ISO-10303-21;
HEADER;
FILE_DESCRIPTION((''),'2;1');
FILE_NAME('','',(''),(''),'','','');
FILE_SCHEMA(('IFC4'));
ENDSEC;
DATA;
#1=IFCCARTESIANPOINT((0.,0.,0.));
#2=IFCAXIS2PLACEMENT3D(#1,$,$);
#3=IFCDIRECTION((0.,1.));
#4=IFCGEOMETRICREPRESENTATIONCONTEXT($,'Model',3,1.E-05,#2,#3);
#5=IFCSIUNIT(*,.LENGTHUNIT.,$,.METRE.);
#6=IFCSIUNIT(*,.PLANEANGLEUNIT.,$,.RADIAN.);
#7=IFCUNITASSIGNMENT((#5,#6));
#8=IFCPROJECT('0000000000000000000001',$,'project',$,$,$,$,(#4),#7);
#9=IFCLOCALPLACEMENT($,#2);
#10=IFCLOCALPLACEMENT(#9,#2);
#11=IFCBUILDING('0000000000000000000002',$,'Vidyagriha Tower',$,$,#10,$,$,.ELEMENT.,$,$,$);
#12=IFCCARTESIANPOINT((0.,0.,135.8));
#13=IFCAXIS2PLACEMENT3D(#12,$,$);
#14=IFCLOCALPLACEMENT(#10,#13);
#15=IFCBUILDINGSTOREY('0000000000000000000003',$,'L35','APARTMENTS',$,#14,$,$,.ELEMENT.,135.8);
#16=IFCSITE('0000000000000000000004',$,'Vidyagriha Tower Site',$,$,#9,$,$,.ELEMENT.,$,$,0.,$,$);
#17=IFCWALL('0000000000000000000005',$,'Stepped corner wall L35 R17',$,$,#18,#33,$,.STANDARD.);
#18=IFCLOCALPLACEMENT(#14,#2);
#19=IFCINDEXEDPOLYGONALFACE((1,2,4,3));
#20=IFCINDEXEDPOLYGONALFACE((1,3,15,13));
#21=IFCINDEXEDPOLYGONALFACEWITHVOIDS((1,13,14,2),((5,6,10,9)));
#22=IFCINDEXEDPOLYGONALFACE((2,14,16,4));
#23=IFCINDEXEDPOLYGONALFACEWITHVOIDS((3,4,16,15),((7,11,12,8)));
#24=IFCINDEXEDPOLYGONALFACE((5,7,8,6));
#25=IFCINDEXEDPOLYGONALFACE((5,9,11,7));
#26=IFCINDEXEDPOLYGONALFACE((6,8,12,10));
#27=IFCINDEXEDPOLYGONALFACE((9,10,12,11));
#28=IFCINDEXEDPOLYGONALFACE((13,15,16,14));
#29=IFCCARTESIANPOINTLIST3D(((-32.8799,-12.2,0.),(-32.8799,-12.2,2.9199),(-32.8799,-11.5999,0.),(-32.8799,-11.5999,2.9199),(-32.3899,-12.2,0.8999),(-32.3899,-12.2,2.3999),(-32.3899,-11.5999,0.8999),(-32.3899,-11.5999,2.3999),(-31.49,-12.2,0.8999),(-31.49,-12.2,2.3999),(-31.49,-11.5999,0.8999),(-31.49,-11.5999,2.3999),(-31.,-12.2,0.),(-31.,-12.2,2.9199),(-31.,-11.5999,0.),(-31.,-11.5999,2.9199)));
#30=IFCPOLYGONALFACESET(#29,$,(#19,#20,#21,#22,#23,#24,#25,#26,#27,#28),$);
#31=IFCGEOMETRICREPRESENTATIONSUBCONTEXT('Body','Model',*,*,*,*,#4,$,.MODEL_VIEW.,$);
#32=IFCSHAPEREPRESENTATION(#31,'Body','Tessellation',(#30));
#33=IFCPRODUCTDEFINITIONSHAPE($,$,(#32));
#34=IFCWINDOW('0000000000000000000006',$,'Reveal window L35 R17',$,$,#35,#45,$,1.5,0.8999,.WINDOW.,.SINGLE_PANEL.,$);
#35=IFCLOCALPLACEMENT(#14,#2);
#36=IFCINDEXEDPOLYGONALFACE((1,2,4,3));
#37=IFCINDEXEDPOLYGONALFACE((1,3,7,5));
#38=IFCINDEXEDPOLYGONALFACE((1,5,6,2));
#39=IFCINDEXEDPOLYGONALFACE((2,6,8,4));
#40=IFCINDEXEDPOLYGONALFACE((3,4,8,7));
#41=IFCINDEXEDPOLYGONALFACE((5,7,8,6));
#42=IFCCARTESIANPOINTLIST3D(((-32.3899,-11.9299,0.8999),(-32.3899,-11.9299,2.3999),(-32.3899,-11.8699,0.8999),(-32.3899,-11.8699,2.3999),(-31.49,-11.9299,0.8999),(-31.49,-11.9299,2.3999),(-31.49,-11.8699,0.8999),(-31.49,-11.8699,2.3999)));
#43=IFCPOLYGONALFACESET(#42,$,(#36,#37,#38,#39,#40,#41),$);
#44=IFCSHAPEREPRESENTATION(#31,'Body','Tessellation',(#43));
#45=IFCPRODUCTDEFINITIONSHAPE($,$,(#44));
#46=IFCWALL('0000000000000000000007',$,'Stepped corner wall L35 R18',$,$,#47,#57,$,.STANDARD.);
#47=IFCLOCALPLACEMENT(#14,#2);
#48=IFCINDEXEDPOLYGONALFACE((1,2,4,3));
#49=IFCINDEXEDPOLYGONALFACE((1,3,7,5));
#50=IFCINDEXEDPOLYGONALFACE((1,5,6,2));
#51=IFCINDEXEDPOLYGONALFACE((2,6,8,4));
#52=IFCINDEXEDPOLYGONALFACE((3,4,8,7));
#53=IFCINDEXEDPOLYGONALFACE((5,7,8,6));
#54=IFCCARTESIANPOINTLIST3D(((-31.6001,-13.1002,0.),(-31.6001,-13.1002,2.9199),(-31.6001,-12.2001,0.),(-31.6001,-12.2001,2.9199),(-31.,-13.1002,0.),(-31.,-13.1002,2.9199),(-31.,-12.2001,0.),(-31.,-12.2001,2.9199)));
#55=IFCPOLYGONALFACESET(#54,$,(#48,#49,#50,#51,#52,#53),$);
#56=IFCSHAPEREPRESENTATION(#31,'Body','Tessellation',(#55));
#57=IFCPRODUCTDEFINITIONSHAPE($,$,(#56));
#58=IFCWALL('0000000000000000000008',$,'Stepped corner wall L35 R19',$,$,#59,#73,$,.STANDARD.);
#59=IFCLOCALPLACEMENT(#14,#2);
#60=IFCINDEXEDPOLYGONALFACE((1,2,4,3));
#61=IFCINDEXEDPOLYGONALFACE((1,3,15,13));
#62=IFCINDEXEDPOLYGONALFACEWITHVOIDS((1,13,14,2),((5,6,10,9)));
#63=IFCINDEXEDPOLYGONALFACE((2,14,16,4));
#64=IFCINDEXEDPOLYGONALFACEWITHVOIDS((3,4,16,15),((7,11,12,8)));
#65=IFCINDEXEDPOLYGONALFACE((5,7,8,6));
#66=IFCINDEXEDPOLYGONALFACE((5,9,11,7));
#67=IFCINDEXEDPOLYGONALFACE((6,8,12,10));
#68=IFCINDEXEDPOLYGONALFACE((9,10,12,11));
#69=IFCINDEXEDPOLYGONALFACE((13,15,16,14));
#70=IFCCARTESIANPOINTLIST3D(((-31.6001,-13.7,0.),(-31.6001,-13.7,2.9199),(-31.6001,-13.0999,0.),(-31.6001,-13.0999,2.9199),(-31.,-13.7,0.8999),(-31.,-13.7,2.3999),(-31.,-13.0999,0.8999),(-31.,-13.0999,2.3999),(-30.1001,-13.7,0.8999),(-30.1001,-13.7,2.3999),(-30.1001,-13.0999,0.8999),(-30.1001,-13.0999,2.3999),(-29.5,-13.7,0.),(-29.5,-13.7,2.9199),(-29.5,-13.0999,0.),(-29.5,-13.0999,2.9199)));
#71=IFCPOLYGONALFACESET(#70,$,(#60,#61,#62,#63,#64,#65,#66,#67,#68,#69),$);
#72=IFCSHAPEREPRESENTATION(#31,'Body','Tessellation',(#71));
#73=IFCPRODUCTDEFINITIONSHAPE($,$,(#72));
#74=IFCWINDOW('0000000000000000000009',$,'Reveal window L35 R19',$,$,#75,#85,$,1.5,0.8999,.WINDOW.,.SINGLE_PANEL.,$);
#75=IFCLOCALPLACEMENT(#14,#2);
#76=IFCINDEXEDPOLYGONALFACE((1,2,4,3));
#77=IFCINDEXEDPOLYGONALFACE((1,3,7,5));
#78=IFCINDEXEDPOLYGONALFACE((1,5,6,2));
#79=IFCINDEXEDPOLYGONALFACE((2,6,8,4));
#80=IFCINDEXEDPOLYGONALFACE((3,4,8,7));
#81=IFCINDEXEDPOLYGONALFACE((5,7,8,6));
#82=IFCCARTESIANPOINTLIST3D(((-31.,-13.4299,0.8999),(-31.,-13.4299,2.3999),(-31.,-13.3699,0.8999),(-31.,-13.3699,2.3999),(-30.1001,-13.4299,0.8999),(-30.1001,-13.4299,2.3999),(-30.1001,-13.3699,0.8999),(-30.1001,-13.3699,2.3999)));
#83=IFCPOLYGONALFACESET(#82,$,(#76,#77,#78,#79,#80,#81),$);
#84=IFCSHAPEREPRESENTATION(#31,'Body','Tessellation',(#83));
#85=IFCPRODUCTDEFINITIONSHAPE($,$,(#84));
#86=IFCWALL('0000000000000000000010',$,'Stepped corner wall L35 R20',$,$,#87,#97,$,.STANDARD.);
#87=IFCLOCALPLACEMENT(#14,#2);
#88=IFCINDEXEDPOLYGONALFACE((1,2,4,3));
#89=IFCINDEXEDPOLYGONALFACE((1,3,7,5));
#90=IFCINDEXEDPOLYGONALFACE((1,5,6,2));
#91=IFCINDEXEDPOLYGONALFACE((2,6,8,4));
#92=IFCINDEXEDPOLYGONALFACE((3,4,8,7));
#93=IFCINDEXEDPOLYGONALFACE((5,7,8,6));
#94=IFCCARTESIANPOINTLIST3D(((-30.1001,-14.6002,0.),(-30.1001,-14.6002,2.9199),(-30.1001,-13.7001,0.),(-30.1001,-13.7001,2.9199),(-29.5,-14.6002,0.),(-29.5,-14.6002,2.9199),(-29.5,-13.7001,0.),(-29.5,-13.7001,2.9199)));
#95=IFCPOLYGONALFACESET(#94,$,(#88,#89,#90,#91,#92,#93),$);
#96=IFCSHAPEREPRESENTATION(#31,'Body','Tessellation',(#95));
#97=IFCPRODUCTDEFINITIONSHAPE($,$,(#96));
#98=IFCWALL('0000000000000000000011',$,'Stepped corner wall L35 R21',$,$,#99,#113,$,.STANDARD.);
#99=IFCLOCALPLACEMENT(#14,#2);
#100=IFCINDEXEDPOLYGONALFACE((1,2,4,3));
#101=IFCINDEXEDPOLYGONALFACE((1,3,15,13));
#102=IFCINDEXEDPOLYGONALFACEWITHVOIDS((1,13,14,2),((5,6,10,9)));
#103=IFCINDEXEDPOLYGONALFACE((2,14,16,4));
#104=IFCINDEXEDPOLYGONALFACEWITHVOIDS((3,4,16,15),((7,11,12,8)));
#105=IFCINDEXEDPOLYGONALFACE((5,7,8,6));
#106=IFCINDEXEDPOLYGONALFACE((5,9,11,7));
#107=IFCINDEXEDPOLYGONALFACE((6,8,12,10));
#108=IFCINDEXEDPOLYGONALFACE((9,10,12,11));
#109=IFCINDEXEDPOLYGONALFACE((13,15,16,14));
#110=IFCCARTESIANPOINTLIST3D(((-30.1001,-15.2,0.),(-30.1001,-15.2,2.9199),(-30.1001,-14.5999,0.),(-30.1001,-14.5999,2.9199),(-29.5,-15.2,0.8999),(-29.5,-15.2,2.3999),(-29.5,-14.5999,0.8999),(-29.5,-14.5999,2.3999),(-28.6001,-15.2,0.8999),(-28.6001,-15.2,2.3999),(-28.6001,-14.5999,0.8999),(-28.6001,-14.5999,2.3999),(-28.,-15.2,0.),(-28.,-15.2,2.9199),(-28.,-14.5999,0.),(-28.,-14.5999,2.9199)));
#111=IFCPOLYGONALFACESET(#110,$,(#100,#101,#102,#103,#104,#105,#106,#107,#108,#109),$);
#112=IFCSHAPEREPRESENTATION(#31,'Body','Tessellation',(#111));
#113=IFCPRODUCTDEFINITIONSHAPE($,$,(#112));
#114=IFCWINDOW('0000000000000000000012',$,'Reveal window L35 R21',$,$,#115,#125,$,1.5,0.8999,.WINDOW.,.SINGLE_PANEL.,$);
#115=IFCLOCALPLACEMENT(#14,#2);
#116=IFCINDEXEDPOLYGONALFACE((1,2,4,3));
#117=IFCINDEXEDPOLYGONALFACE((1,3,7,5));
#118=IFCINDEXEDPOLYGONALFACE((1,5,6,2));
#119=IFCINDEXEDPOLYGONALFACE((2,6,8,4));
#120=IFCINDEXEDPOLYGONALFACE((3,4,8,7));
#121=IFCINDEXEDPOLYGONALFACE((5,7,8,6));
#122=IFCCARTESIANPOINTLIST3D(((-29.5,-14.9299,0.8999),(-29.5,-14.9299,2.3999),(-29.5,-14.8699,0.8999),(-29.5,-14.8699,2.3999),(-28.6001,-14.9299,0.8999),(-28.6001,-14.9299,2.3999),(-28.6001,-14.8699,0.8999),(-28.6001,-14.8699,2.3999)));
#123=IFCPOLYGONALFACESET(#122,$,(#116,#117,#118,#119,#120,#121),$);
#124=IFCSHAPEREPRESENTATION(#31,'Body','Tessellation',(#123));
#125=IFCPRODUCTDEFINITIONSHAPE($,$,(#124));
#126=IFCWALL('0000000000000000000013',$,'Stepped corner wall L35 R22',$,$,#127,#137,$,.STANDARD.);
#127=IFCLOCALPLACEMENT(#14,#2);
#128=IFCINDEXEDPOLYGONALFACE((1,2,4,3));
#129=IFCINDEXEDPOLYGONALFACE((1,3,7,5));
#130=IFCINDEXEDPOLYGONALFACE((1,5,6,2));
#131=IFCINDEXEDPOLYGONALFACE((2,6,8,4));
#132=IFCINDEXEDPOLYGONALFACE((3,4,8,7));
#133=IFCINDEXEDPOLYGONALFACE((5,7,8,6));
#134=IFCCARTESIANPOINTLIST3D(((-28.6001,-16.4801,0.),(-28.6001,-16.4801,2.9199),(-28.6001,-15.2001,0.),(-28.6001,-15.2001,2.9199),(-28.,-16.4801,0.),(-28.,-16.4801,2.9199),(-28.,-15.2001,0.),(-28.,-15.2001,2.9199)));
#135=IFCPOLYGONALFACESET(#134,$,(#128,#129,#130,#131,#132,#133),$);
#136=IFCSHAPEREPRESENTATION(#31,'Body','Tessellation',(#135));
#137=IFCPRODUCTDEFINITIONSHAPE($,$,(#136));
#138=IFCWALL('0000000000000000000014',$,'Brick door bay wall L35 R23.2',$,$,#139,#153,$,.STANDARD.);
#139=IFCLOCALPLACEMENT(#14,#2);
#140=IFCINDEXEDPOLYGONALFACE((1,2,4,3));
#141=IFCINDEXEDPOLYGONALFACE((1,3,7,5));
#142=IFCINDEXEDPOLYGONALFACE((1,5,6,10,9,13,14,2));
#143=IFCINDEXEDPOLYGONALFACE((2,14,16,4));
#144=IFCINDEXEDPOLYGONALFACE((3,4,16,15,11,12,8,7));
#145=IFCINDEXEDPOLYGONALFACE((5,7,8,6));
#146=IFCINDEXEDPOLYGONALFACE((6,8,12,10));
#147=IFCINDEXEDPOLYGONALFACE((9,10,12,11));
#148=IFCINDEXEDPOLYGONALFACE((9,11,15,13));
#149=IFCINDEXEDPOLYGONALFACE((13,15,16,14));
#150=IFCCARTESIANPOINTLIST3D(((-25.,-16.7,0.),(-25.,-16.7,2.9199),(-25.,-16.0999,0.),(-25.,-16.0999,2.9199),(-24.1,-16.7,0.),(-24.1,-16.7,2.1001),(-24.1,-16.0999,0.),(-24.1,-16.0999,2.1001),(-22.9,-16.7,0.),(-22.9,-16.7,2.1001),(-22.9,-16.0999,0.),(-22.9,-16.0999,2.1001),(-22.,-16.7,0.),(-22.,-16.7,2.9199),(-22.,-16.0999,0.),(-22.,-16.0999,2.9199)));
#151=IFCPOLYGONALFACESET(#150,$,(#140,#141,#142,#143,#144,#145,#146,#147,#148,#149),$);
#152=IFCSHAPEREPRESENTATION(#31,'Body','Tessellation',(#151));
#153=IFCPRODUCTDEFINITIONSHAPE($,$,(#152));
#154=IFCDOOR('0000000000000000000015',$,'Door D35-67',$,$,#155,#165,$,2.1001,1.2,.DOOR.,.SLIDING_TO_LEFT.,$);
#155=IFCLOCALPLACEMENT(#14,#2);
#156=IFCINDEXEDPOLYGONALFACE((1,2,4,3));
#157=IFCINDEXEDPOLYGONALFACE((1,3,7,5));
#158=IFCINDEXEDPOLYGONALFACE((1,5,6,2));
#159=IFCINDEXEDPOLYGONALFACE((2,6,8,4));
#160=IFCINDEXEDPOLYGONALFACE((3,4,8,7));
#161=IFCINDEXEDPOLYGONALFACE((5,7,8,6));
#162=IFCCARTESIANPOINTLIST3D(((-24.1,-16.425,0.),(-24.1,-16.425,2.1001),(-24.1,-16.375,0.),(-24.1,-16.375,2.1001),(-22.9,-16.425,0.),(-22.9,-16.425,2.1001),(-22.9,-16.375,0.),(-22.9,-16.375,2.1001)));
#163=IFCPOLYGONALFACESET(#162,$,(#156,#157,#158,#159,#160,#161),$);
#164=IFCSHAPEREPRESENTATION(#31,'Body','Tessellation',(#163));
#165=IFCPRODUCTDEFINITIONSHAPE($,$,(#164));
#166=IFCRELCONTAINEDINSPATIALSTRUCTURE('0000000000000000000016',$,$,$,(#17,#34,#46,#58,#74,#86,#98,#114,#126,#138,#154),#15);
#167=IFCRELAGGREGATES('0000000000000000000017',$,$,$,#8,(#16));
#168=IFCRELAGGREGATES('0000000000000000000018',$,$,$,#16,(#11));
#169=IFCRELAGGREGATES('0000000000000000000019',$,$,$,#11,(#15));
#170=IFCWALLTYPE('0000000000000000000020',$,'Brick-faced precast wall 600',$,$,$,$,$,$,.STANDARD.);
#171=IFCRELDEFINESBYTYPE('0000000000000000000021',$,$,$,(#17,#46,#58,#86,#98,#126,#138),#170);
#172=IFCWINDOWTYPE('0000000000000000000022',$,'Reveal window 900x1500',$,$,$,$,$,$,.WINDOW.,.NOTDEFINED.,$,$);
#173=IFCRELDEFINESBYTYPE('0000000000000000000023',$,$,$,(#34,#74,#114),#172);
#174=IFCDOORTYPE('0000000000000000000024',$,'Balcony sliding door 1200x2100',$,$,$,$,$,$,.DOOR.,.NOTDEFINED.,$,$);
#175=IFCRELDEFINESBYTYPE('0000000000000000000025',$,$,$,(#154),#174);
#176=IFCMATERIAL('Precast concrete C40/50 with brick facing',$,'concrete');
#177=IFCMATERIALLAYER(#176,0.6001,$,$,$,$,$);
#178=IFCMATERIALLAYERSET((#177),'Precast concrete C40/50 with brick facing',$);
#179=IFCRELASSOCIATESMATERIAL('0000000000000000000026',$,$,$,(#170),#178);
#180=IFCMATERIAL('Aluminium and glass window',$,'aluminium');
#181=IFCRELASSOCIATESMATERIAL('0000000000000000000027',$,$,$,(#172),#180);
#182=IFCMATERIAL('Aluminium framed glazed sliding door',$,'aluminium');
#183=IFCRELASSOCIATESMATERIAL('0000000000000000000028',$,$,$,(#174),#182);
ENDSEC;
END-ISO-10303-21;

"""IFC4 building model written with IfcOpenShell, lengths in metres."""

from ifc_helpers import new_model, si_unit, direction, frame, frame_2d, origin, place, context, subcontext, project, spatial, rectangle, extrude, material, layer, layer_set, type_object, element, fill, save


model = new_model("IFC4")

# Units and contexts
model_context = context("Model", 3, precision=1e-05, world=origin(), true_north=direction((0.0, 1.0)))
body_context = subcontext(model_context, "Body", "Model", "MODEL_VIEW")
ifc_project = project(units=[si_unit("LENGTHUNIT", "METRE"), si_unit("PLANEANGLEUNIT", "RADIAN")], contexts=[model_context])

# Site, building, storey
site_placement = place(None, origin())
site = spatial("IfcSite", under=ifc_project, at=site_placement, Name="Vidyagriha Tower Site", CompositionType="ELEMENT", RefElevation=0.0)
building_placement = place(site_placement, origin())
building = spatial("IfcBuilding", under=site, at=building_placement, Name="Vidyagriha Tower", CompositionType="ELEMENT")
storey_placement = place(building_placement, frame((0.0, 0.0, 135.8)))
storey = spatial("IfcBuildingStorey", under=building, at=storey_placement, Name="L35", Description="APARTMENTS", CompositionType="ELEMENT", Elevation=135.8)

# Wall, opening, window
ifc_material_1 = material(Name="Precast concrete C40/50 with brick facing", Category="concrete")
ifc_layer_1 = layer(ifc_material_1, 0.6001)
ifc_layer_set_1 = layer_set([ifc_layer_1], Name="Precast concrete C40/50 with brick facing")
wall_type = type_object("IfcWallType", Name="Brick-faced precast wall 600", PredefinedType="STANDARD", material=ifc_layer_set_1)
wall_1_placement = place(storey_placement, frame((-32.8799, -11.8999, 0.0)))
wall_1 = element("IfcWall", 1, at=wall_1_placement, inside=storey, type_object=wall_type, Name="Stepped corner wall L35 R17", PredefinedType="STANDARD", context=body_context, shape_type="SweptSolid", body=[
    extrude(rectangle(XDim=1.8799, YDim=0.6001, at=frame_2d((0.9399, 0.0))), origin(), (0.0, 0.0, 1.0), 2.9199),
])
opening_1_placement = place(wall_1_placement, frame((0.49, 0.0, 0.8999)))
opening_1 = element("IfcOpeningElement", 2, at=opening_1_placement, cuts=wall_1, PredefinedType="OPENING", context=body_context, shape_type="SweptSolid", body=[
    extrude(rectangle(XDim=0.8999, YDim=1.5, at=frame_2d((0.45, 0.75))), frame((0.0, 0.3101, 0.0), z_axis=(0.0, -1.0, 0.0), x_axis=(1.0, 0.0, 0.0)), (0.0, 0.0, 1.0), 0.6201),
])
ifc_material_2 = material(Name="Aluminium and glass window", Category="aluminium")
window_type = type_object("IfcWindowType", Name="Reveal window 900x1500", PartitioningType="NOTDEFINED", PredefinedType="WINDOW", material=ifc_material_2)
window_1_placement = place(opening_1_placement, origin())
window_1 = element("IfcWindow", 3, at=window_1_placement, inside=storey, type_object=window_type, Name="Reveal window L35 R17", OverallHeight=1.5, OverallWidth=0.8999, PartitioningType="SINGLE_PANEL", PredefinedType="WINDOW", context=body_context, shape_type="SweptSolid", body=[
    extrude(rectangle(XDim=0.8999, YDim=1.5, at=frame_2d((0.45, 0.75))), frame((0.0, 0.03, 0.0), z_axis=(0.0, -1.0, 0.0), x_axis=(1.0, 0.0, 0.0)), (0.0, 0.0, 1.0), 0.0601),
])
fill(opening_1, window_1)

# Wall
wall_2_placement = place(storey_placement, frame((-31.3, -12.2, 0.0), z_axis=(0.0, 0.0, 1.0), x_axis=(0.0, -1.0, 0.0)))
element("IfcWall", 4, at=wall_2_placement, inside=storey, type_object=wall_type, Name="Stepped corner wall L35 R18", PredefinedType="STANDARD", context=body_context, shape_type="SweptSolid", body=[
    extrude(rectangle(XDim=0.9001, YDim=0.6001, at=frame_2d((0.4502, 0.0))), origin(), (0.0, 0.0, 1.0), 2.9199),
])

# Wall, opening, window
wall_3_placement = place(storey_placement, frame((-31.6001, -13.3999, 0.0)))
wall_3 = element("IfcWall", 5, at=wall_3_placement, inside=storey, type_object=wall_type, Name="Stepped corner wall L35 R19", PredefinedType="STANDARD", context=body_context, shape_type="SweptSolid", body=[
    extrude(rectangle(XDim=2.1001, YDim=0.6001, at=frame_2d((1.05, 0.0))), origin(), (0.0, 0.0, 1.0), 2.9199),
])
opening_2_placement = place(wall_3_placement, frame((0.6001, 0.0, 0.8999)))
opening_2 = element("IfcOpeningElement", 6, at=opening_2_placement, cuts=wall_3, PredefinedType="OPENING", context=body_context, shape_type="SweptSolid", body=[
    extrude(rectangle(XDim=0.8999, YDim=1.5, at=frame_2d((0.45, 0.75))), frame((0.0, 0.3101, 0.0), z_axis=(0.0, -1.0, 0.0), x_axis=(1.0, 0.0, 0.0)), (0.0, 0.0, 1.0), 0.6201),
])
window_2_placement = place(opening_2_placement, origin())
window_2 = element("IfcWindow", 7, at=window_2_placement, inside=storey, type_object=window_type, Name="Reveal window L35 R19", OverallHeight=1.5, OverallWidth=0.8999, PartitioningType="SINGLE_PANEL", PredefinedType="WINDOW", context=body_context, shape_type="SweptSolid", body=[
    extrude(rectangle(XDim=0.8999, YDim=1.5, at=frame_2d((0.45, 0.75))), frame((0.0, 0.03, 0.0), z_axis=(0.0, -1.0, 0.0), x_axis=(1.0, 0.0, 0.0)), (0.0, 0.0, 1.0), 0.0601),
])
fill(opening_2, window_2)

# Wall
wall_4_placement = place(storey_placement, frame((-29.8, -13.7, 0.0), z_axis=(0.0, 0.0, 1.0), x_axis=(0.0, -1.0, 0.0)))
element("IfcWall", 8, at=wall_4_placement, inside=storey, type_object=wall_type, Name="Stepped corner wall L35 R20", PredefinedType="STANDARD", context=body_context, shape_type="SweptSolid", body=[
    extrude(rectangle(XDim=0.9001, YDim=0.6001, at=frame_2d((0.4502, 0.0))), origin(), (0.0, 0.0, 1.0), 2.9199),
])

# Wall, opening, window
wall_5_placement = place(storey_placement, frame((-30.1001, -14.8999, 0.0)))
wall_5 = element("IfcWall", 9, at=wall_5_placement, inside=storey, type_object=wall_type, Name="Stepped corner wall L35 R21", PredefinedType="STANDARD", context=body_context, shape_type="SweptSolid", body=[
    extrude(rectangle(XDim=2.1001, YDim=0.6001, at=frame_2d((1.05, 0.0))), origin(), (0.0, 0.0, 1.0), 2.9199),
])
opening_3_placement = place(wall_5_placement, frame((0.6001, 0.0, 0.8999)))
opening_3 = element("IfcOpeningElement", 10, at=opening_3_placement, cuts=wall_5, PredefinedType="OPENING", context=body_context, shape_type="SweptSolid", body=[
    extrude(rectangle(XDim=0.8999, YDim=1.5, at=frame_2d((0.45, 0.75))), frame((0.0, 0.3101, 0.0), z_axis=(0.0, -1.0, 0.0), x_axis=(1.0, 0.0, 0.0)), (0.0, 0.0, 1.0), 0.6201),
])
window_3_placement = place(opening_3_placement, origin())
window_3 = element("IfcWindow", 11, at=window_3_placement, inside=storey, type_object=window_type, Name="Reveal window L35 R21", OverallHeight=1.5, OverallWidth=0.8999, PartitioningType="SINGLE_PANEL", PredefinedType="WINDOW", context=body_context, shape_type="SweptSolid", body=[
    extrude(rectangle(XDim=0.8999, YDim=1.5, at=frame_2d((0.45, 0.75))), frame((0.0, 0.03, 0.0), z_axis=(0.0, -1.0, 0.0), x_axis=(1.0, 0.0, 0.0)), (0.0, 0.0, 1.0), 0.0601),
])
fill(opening_3, window_3)

# Wall
wall_6_placement = place(storey_placement, frame((-28.3, -15.2, 0.0), z_axis=(0.0, 0.0, 1.0), x_axis=(0.0, -1.0, 0.0)))
element("IfcWall", 12, at=wall_6_placement, inside=storey, type_object=wall_type, Name="Stepped corner wall L35 R22", PredefinedType="STANDARD", context=body_context, shape_type="SweptSolid", body=[
    extrude(rectangle(XDim=1.28, YDim=0.6001, at=frame_2d((0.6401, 0.0))), origin(), (0.0, 0.0, 1.0), 2.9199),
])

# Wall, opening, door
wall_7_placement = place(storey_placement, frame((-25.0, -16.3999, 0.0)))
wall_7 = element("IfcWall", 13, at=wall_7_placement, inside=storey, type_object=wall_type, Name="Brick door bay wall L35 R23.2", PredefinedType="STANDARD", context=body_context, shape_type="SweptSolid", body=[
    extrude(rectangle(XDim=3.0, YDim=0.6001, at=frame_2d((1.5, 0.0))), origin(), (0.0, 0.0, 1.0), 2.9199),
])
opening_4_placement = place(wall_7_placement, frame((0.8999, 0.0, 0.0)))
opening_4 = element("IfcOpeningElement", 14, at=opening_4_placement, cuts=wall_7, PredefinedType="OPENING", context=body_context, shape_type="SweptSolid", body=[
    extrude(rectangle(XDim=1.2, YDim=2.1001, at=frame_2d((0.6001, 1.05))), frame((0.0, 0.3101, 0.0), z_axis=(0.0, -1.0, 0.0), x_axis=(1.0, 0.0, 0.0)), (0.0, 0.0, 1.0), 0.6201),
])
ifc_material_3 = material(Name="Aluminium framed glazed sliding door", Category="aluminium")
door_type = type_object("IfcDoorType", Name="Balcony sliding door 1200x2100", OperationType="NOTDEFINED", PredefinedType="DOOR", material=ifc_material_3)
door_placement = place(opening_4_placement, origin())
door = element("IfcDoor", 15, at=door_placement, inside=storey, type_object=door_type, Name="Door D35-67", OperationType="SLIDING_TO_LEFT", OverallHeight=2.1001, OverallWidth=1.2, PredefinedType="DOOR", context=body_context, shape_type="SweptSolid", body=[
    extrude(rectangle(XDim=1.2, YDim=2.1001, at=frame_2d((0.6001, 1.05))), frame((0.0, 0.0249, 0.0), z_axis=(0.0, -1.0, 0.0), x_axis=(1.0, 0.0, 0.0)), (0.0, 0.0, 1.0), 0.05),
])
fill(opening_4, door)

save(model, "model.ifc")
